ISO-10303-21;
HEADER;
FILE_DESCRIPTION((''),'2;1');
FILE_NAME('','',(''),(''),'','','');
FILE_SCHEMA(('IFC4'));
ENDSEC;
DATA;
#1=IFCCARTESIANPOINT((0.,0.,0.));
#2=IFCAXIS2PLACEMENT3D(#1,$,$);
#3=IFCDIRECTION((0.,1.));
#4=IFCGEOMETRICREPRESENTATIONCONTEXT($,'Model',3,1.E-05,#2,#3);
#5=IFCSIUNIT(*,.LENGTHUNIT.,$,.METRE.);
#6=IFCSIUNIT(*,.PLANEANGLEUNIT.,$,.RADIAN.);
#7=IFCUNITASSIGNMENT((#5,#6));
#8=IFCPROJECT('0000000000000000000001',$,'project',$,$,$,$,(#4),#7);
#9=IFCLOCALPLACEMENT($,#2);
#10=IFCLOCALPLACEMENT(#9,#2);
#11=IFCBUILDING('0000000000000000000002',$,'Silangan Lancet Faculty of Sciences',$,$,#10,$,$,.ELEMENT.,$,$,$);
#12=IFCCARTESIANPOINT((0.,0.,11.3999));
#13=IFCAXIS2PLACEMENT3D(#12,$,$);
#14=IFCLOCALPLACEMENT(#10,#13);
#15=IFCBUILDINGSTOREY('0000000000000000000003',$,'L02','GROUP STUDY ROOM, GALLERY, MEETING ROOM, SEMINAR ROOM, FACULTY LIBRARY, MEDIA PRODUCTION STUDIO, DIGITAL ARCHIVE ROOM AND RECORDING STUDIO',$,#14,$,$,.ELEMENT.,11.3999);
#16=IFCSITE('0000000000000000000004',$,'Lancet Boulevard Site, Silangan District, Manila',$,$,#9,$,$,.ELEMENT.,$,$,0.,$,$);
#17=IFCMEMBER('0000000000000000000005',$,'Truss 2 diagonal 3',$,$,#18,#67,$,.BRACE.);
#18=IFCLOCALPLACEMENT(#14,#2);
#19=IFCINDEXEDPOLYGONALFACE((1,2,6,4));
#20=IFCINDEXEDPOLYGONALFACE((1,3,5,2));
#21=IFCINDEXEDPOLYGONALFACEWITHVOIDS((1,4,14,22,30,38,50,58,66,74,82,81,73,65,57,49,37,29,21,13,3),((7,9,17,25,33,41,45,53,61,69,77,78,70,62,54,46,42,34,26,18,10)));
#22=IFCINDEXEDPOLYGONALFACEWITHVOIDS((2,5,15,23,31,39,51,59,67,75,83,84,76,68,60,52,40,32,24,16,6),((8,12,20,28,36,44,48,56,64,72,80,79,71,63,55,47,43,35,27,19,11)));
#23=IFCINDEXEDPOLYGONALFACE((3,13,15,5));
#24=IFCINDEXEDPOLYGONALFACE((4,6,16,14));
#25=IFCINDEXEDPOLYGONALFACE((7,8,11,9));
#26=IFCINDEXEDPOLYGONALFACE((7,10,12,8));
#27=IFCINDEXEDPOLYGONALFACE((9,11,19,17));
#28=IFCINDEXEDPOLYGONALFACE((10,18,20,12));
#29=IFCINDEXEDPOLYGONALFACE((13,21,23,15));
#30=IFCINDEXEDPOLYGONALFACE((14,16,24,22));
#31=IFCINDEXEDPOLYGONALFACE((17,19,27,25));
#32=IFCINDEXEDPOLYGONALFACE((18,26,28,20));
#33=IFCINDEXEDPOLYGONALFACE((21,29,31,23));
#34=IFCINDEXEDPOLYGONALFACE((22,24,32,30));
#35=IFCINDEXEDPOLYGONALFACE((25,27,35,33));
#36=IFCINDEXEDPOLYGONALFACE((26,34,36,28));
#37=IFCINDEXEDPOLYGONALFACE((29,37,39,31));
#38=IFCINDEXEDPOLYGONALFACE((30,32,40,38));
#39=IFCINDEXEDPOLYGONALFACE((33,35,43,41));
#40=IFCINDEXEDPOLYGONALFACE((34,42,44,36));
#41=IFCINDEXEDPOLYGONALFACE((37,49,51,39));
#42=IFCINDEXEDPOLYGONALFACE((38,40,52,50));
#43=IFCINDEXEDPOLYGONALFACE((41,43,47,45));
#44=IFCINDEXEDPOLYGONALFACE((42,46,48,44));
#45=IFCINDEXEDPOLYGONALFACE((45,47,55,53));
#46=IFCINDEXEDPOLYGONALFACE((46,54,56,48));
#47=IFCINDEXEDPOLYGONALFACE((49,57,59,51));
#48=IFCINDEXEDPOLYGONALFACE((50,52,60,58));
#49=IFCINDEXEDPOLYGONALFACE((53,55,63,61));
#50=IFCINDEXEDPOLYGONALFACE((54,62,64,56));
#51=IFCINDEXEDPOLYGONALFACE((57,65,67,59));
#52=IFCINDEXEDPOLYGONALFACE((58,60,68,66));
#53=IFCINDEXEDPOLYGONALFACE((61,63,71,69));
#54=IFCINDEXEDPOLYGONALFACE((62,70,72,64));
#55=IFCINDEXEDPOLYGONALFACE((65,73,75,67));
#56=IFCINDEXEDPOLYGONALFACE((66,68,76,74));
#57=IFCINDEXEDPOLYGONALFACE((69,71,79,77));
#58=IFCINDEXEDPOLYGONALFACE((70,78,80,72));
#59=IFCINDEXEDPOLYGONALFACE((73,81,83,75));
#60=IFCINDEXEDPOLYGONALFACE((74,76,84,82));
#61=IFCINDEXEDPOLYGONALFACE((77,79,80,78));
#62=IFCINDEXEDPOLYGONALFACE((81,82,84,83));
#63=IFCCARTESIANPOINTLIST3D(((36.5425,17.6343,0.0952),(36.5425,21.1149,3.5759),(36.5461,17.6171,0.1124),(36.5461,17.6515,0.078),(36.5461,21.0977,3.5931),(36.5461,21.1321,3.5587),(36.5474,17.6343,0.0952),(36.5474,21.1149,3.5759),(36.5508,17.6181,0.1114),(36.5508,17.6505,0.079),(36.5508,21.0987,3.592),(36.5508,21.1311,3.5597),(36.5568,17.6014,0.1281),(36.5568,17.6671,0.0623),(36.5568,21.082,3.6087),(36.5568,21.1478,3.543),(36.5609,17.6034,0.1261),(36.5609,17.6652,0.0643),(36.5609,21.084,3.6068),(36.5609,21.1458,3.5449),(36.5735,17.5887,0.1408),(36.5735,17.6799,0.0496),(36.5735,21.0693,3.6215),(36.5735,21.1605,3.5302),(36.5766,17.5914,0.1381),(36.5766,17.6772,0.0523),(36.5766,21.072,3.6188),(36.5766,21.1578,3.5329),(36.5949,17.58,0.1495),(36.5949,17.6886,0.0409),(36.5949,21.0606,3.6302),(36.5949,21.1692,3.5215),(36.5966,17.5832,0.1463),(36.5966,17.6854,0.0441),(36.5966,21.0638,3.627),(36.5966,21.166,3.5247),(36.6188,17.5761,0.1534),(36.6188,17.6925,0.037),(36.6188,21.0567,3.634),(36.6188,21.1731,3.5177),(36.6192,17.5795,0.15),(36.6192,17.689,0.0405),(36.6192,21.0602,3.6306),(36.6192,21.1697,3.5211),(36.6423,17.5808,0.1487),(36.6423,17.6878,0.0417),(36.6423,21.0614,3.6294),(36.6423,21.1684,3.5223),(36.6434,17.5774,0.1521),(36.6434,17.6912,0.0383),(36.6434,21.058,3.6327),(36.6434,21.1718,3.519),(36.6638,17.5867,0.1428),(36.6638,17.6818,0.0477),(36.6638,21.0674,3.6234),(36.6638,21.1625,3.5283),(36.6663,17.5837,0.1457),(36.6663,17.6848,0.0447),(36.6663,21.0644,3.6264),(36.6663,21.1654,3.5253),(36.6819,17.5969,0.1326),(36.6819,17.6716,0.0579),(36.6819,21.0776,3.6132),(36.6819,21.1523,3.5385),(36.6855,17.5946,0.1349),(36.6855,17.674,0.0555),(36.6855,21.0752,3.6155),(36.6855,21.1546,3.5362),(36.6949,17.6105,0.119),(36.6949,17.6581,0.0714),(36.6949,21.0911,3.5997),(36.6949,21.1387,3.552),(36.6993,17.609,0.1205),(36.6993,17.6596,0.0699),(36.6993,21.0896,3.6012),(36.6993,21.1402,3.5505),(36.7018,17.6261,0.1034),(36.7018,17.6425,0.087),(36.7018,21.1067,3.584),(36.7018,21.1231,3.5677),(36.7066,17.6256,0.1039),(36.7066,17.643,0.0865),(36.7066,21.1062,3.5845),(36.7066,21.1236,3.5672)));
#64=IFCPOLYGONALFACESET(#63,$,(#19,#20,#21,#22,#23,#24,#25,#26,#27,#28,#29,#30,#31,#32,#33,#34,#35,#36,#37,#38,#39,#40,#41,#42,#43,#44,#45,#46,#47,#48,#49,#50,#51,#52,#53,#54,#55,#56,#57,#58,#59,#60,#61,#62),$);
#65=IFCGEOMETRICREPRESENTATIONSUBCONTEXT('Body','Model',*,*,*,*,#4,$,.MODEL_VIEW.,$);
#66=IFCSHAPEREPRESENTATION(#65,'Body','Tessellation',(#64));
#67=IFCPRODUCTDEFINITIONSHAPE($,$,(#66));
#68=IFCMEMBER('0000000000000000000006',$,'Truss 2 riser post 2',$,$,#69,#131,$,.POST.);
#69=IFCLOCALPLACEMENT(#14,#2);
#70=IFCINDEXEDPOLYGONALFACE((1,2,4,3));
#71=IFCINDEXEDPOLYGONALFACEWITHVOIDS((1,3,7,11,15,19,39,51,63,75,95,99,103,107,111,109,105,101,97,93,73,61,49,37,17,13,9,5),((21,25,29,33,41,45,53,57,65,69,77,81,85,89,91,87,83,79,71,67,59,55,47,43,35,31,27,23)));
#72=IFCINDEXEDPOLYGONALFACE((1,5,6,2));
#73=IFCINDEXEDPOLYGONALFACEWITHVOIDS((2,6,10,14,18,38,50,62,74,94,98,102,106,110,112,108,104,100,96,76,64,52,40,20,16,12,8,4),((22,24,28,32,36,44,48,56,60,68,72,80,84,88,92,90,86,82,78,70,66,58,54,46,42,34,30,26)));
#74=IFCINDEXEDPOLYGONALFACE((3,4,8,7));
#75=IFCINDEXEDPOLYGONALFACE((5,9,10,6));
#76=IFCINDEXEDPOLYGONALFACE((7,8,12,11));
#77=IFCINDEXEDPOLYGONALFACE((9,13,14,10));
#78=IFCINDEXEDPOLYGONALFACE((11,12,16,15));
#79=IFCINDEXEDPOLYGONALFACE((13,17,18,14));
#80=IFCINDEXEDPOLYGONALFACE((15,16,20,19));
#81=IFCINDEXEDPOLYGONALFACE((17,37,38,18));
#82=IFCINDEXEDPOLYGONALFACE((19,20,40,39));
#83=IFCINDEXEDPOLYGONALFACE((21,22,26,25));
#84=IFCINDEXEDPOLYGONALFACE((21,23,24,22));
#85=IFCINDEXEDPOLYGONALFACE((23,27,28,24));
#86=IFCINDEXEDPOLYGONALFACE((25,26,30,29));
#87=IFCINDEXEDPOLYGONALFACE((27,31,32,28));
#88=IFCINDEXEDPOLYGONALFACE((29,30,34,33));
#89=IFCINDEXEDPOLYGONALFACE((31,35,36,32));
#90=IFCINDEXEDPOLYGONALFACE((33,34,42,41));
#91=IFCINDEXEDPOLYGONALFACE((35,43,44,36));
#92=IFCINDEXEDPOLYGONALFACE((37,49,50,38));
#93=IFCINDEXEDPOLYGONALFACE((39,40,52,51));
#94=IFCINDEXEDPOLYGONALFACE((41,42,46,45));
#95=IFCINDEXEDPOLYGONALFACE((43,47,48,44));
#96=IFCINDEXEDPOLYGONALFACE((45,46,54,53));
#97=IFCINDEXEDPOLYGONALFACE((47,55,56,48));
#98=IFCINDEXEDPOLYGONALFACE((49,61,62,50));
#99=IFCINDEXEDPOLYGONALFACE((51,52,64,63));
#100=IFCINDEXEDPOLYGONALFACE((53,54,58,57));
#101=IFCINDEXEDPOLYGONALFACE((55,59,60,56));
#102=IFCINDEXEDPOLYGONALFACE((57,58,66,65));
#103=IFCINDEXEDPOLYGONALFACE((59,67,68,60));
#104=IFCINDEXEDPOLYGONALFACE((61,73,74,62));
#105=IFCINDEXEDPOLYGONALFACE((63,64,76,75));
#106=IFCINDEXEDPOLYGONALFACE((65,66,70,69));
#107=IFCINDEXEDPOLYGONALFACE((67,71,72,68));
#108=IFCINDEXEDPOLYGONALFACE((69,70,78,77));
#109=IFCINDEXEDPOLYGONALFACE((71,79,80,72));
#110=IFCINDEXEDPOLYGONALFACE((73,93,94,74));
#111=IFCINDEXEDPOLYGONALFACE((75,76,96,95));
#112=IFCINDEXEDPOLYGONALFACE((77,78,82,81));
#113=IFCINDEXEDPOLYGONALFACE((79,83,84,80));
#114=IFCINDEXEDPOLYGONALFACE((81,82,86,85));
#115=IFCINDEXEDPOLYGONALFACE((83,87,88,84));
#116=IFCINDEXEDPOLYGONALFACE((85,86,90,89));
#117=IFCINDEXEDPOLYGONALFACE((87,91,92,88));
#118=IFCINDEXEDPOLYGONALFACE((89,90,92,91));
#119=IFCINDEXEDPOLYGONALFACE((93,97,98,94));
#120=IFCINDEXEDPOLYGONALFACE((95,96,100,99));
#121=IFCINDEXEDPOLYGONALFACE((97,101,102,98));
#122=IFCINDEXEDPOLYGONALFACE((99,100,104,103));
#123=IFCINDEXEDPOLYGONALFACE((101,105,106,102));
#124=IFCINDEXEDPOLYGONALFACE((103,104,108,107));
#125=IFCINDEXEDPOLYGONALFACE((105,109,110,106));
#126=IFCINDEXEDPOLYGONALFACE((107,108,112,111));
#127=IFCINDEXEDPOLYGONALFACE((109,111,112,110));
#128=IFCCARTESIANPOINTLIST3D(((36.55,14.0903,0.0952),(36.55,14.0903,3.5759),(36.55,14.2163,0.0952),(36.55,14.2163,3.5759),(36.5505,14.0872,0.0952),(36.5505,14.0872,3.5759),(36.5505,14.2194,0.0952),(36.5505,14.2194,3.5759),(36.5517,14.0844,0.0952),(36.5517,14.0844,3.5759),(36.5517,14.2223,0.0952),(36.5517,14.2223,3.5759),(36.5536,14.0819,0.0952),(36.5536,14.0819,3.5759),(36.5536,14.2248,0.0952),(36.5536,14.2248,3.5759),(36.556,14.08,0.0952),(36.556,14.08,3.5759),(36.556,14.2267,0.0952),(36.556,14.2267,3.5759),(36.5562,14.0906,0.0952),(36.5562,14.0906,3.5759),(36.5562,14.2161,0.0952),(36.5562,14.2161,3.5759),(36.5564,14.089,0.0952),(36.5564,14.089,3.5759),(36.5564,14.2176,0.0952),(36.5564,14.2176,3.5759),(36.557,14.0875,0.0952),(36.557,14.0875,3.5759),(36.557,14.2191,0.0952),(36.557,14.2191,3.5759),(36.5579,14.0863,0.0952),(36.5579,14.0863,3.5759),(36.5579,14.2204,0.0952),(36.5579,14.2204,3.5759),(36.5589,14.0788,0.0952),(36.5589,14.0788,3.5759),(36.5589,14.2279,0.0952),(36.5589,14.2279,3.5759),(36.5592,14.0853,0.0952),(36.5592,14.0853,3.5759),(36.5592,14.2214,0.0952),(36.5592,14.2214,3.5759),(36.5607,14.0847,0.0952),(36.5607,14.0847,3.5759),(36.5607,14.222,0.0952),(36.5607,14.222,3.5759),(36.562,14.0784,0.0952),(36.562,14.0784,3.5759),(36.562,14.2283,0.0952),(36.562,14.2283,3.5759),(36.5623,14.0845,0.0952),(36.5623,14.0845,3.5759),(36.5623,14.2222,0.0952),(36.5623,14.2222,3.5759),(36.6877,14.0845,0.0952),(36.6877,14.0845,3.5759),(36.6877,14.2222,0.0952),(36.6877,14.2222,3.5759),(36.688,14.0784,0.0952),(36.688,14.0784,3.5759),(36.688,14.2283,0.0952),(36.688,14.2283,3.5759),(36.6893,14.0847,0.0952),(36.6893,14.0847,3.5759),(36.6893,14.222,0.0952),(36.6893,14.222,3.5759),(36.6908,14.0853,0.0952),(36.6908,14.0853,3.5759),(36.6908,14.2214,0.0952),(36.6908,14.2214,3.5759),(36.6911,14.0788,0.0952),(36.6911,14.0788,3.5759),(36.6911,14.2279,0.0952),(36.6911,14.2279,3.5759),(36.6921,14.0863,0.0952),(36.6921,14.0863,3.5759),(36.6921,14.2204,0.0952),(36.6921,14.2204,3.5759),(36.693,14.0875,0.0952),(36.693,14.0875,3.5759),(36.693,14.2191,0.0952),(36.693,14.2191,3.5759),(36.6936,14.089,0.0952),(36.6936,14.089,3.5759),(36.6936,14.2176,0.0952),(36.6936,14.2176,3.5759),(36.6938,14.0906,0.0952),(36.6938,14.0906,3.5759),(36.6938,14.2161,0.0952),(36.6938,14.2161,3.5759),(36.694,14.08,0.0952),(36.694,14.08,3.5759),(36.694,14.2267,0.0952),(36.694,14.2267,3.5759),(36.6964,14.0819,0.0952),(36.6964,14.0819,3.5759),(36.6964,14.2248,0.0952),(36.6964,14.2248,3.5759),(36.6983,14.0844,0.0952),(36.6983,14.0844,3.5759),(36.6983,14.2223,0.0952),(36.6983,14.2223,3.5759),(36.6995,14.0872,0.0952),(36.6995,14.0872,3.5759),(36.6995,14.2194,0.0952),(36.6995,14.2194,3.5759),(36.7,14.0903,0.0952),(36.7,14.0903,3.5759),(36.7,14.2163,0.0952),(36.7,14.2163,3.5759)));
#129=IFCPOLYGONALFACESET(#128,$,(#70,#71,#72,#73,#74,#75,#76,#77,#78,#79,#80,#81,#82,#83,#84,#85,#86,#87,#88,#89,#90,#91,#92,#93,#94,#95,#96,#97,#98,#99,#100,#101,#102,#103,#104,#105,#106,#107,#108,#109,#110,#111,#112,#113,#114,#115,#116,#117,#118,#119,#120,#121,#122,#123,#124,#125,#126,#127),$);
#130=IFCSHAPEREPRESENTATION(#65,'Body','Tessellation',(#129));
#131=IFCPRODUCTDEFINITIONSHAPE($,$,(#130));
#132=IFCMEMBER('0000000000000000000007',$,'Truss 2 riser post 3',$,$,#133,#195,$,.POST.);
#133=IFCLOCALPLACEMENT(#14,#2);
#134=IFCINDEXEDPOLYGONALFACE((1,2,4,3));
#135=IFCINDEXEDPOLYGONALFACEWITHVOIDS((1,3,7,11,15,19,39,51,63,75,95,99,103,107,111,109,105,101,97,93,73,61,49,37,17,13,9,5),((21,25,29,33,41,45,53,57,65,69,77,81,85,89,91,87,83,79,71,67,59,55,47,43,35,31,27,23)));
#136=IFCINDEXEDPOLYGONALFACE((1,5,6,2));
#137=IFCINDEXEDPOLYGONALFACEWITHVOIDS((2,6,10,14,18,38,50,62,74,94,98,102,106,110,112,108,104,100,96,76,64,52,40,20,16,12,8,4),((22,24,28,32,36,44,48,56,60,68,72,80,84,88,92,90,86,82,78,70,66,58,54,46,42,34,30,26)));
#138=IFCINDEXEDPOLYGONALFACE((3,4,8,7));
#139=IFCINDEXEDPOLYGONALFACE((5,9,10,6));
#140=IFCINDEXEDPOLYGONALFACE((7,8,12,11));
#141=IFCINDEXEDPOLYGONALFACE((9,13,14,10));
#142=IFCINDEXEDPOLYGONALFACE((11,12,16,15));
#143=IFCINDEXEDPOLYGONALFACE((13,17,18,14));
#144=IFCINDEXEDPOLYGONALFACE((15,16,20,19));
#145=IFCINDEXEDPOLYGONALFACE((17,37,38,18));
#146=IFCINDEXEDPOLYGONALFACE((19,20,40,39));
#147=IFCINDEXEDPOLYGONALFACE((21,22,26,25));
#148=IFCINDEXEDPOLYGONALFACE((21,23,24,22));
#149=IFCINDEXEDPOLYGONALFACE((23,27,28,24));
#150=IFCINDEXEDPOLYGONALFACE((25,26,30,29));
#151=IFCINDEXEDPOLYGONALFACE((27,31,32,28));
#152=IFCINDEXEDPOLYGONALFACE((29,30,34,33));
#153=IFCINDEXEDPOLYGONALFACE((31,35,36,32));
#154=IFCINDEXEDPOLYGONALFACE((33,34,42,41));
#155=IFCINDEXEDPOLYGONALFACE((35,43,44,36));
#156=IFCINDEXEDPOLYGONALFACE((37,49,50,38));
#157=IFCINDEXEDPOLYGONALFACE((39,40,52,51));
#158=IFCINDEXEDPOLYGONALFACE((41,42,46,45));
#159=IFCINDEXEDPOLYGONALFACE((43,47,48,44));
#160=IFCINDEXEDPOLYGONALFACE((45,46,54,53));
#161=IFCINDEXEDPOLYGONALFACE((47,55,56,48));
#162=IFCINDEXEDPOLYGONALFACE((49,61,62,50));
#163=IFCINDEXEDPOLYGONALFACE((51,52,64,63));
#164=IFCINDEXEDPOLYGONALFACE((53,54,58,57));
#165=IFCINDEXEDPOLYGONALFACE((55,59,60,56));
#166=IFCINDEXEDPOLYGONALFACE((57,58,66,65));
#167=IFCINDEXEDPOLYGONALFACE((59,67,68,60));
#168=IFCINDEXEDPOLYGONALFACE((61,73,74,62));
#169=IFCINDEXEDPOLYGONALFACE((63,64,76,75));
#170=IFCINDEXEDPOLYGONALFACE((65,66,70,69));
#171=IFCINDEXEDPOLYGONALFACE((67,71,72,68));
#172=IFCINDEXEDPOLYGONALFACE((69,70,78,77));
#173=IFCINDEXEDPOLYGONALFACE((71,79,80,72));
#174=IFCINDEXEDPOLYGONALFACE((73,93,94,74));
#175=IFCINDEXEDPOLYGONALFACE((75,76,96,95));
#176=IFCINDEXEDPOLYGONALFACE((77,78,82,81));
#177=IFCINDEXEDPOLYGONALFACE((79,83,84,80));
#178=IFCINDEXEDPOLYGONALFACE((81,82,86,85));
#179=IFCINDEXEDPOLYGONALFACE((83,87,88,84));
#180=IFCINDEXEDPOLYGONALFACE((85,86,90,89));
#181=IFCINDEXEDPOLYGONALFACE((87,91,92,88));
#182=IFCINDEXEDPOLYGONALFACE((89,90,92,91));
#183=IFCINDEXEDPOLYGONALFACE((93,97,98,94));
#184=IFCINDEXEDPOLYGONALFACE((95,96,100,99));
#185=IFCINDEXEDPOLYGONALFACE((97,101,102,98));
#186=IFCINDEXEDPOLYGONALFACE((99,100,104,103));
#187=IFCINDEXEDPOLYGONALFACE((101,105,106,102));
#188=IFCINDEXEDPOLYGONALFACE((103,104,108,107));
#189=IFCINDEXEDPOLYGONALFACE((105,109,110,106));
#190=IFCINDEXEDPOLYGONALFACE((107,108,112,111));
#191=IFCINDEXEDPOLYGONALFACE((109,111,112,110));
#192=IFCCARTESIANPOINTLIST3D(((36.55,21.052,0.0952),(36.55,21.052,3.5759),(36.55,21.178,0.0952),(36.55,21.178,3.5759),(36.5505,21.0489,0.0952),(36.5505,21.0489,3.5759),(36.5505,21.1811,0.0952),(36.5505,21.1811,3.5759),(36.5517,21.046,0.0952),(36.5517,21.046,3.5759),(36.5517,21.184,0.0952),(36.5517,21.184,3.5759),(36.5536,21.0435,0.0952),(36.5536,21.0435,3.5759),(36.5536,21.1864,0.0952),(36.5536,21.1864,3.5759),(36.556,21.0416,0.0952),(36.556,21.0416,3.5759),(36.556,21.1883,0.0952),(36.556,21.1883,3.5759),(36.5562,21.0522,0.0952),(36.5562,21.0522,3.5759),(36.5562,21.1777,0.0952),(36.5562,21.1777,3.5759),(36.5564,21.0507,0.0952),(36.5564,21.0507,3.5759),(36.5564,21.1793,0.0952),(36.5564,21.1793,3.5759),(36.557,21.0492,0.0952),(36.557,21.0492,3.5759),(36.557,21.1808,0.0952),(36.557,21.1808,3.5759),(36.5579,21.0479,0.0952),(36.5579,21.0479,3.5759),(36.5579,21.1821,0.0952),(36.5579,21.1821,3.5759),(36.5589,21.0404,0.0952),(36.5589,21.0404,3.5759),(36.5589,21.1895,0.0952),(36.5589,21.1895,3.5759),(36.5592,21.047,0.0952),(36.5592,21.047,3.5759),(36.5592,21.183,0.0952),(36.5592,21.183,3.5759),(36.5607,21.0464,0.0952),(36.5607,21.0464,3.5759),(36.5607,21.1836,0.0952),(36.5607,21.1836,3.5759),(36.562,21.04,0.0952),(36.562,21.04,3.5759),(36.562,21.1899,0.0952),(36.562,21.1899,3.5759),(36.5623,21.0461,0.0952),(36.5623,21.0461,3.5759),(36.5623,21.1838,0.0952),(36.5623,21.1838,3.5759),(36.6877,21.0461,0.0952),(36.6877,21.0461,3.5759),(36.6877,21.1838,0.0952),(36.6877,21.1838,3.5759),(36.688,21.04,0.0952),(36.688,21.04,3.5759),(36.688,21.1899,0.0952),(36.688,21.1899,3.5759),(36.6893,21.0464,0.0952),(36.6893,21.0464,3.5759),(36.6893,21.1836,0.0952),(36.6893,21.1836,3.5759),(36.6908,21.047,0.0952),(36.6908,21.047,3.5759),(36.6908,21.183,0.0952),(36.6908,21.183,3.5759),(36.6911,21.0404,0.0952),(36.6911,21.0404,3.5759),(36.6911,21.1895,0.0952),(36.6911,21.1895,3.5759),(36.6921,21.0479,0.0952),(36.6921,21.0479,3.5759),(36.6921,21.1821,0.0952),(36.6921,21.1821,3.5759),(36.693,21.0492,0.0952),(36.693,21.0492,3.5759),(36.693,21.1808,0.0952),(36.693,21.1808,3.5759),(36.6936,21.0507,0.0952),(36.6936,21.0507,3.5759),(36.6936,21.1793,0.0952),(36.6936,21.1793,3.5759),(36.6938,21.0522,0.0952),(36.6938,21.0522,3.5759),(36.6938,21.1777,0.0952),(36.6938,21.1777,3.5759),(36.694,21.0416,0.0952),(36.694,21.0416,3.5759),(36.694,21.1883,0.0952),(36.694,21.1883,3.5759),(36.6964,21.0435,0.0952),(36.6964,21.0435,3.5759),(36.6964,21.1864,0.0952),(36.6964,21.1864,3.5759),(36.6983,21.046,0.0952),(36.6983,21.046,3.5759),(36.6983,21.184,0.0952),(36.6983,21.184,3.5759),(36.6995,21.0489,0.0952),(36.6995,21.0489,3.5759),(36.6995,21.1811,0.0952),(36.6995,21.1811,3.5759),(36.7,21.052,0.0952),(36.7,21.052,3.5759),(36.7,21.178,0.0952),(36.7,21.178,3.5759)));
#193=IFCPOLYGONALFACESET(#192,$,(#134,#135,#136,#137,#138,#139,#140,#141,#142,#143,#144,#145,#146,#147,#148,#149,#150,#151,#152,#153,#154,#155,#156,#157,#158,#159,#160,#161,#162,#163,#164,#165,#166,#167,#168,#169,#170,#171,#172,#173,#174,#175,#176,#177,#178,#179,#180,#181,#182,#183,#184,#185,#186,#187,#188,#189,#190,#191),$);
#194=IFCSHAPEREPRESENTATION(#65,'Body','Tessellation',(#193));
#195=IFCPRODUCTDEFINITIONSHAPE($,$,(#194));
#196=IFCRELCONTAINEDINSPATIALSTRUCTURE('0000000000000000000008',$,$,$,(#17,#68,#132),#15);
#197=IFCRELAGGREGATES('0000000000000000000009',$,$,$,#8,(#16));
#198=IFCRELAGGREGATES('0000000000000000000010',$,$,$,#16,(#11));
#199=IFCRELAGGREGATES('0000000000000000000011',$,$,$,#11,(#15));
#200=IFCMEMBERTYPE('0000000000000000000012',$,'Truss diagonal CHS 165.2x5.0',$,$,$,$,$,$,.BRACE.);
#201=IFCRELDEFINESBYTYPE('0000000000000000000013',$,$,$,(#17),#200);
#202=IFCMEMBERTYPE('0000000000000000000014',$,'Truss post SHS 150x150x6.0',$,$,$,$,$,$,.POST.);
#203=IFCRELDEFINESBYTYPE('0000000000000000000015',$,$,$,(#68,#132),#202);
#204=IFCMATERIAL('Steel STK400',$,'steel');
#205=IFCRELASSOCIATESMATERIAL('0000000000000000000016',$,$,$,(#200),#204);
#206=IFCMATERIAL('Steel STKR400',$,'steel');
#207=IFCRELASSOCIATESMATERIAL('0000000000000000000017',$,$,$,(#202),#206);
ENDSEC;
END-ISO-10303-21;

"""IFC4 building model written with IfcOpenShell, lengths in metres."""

from ifc_helpers import new_model, si_unit, direction, frame, origin, origin_2d, place, context, subcontext, project, spatial, hollow_rectangle, hollow_circle, extrude, material, material_profile, profile_set, type_object, element, save


model = new_model("IFC4")

# Units and contexts
model_context = context("Model", 3, precision=1e-05, world=origin(), true_north=direction((0.0, 1.0)))
body_context = subcontext(model_context, "Body", "Model", "MODEL_VIEW")
ifc_project = project(units=[si_unit("LENGTHUNIT", "METRE"), si_unit("PLANEANGLEUNIT", "RADIAN")], contexts=[model_context])

# Site, building, storey
site_placement = place(None, origin())
site = spatial("IfcSite", under=ifc_project, at=site_placement, Name="Lancet Boulevard Site, Silangan District, Manila", CompositionType="ELEMENT", RefElevation=0.0)
building_placement = place(site_placement, origin())
building = spatial("IfcBuilding", under=site, at=building_placement, Name="Silangan Lancet Faculty of Sciences", CompositionType="ELEMENT")
storey_placement = place(building_placement, frame((0.0, 0.0, 11.3999)))
storey = spatial("IfcBuildingStorey", under=building, at=storey_placement, Name="L02", Description="GROUP STUDY ROOM, GALLERY, MEETING ROOM, SEMINAR ROOM, FACULTY LIBRARY, MEDIA PRODUCTION STUDIO, DIGITAL ARCHIVE ROOM AND RECORDING STUDIO", CompositionType="ELEMENT", Elevation=11.3999)

# Members
ifc_material_1 = material(Name="Steel STK400", Category="steel")
ifc_material_profile_1 = material_profile(ifc_material_1, hollow_circle(Radius=0.0825, WallThickness=0.0049, at=origin_2d()), Name="CHS 165.2x5.0")
ifc_profile_set_1 = profile_set([ifc_material_profile_1], Name="Steel STK400")
member_type_1 = type_object("IfcMemberType", Name="Truss diagonal CHS 165.2x5.0", PredefinedType="BRACE", material=ifc_profile_set_1)
member_1_placement = place(storey_placement, frame((36.625, 17.6343, 0.0952), z_axis=(0.0, 0.707107, 0.707107), x_axis=(-1.0, 0.0, 0.0)))
element("IfcMember", 1, at=member_1_placement, inside=storey, type_object=member_type_1, Name="Truss 2 diagonal 3", PredefinedType="BRACE", context=body_context, shape_type="SweptSolid", body=[
    extrude(hollow_circle(Radius=0.0825, WallThickness=0.0049, at=origin_2d()), origin(), (0.0, 0.0, 1.0), 4.9224),
])
ifc_material_2 = material(Name="Steel STKR400", Category="steel")
ifc_material_profile_2 = material_profile(ifc_material_2, hollow_rectangle(XDim=0.1499, YDim=0.1499, WallThickness=0.0061, InnerFilletRadius=0.0061, OuterFilletRadius=0.012, at=origin_2d()), Name="SHS 150x150x6.0")
ifc_profile_set_2 = profile_set([ifc_material_profile_2], Name="Steel STKR400")
member_type_2 = type_object("IfcMemberType", Name="Truss post SHS 150x150x6.0", PredefinedType="POST", material=ifc_profile_set_2)
for number, where, z_axis, x_axis, name in (
    (2, (36.625, 14.1533, 0.0952), (0.0, 0.0, 1.0), (1.0, 0.0, 0.0), "Truss 2 riser post 2"),
    (3, (36.625, 21.115, 0.0952), (0.0, 0.0, 1.0), (1.0, 0.0, 0.0), "Truss 2 riser post 3"),
):
    element("IfcMember", number, at=place(storey_placement, frame(where, z_axis=z_axis, x_axis=x_axis)), inside=storey, type_object=member_type_2, Name=name, PredefinedType="POST", context=body_context, shape_type="SweptSolid", body=[
        extrude(hollow_rectangle(XDim=0.1499, YDim=0.1499, WallThickness=0.0061, InnerFilletRadius=0.0061, OuterFilletRadius=0.012, at=origin_2d()), origin(), (0.0, 0.0, 1.0), 3.4807),
    ])

save(model, "model.ifc")
